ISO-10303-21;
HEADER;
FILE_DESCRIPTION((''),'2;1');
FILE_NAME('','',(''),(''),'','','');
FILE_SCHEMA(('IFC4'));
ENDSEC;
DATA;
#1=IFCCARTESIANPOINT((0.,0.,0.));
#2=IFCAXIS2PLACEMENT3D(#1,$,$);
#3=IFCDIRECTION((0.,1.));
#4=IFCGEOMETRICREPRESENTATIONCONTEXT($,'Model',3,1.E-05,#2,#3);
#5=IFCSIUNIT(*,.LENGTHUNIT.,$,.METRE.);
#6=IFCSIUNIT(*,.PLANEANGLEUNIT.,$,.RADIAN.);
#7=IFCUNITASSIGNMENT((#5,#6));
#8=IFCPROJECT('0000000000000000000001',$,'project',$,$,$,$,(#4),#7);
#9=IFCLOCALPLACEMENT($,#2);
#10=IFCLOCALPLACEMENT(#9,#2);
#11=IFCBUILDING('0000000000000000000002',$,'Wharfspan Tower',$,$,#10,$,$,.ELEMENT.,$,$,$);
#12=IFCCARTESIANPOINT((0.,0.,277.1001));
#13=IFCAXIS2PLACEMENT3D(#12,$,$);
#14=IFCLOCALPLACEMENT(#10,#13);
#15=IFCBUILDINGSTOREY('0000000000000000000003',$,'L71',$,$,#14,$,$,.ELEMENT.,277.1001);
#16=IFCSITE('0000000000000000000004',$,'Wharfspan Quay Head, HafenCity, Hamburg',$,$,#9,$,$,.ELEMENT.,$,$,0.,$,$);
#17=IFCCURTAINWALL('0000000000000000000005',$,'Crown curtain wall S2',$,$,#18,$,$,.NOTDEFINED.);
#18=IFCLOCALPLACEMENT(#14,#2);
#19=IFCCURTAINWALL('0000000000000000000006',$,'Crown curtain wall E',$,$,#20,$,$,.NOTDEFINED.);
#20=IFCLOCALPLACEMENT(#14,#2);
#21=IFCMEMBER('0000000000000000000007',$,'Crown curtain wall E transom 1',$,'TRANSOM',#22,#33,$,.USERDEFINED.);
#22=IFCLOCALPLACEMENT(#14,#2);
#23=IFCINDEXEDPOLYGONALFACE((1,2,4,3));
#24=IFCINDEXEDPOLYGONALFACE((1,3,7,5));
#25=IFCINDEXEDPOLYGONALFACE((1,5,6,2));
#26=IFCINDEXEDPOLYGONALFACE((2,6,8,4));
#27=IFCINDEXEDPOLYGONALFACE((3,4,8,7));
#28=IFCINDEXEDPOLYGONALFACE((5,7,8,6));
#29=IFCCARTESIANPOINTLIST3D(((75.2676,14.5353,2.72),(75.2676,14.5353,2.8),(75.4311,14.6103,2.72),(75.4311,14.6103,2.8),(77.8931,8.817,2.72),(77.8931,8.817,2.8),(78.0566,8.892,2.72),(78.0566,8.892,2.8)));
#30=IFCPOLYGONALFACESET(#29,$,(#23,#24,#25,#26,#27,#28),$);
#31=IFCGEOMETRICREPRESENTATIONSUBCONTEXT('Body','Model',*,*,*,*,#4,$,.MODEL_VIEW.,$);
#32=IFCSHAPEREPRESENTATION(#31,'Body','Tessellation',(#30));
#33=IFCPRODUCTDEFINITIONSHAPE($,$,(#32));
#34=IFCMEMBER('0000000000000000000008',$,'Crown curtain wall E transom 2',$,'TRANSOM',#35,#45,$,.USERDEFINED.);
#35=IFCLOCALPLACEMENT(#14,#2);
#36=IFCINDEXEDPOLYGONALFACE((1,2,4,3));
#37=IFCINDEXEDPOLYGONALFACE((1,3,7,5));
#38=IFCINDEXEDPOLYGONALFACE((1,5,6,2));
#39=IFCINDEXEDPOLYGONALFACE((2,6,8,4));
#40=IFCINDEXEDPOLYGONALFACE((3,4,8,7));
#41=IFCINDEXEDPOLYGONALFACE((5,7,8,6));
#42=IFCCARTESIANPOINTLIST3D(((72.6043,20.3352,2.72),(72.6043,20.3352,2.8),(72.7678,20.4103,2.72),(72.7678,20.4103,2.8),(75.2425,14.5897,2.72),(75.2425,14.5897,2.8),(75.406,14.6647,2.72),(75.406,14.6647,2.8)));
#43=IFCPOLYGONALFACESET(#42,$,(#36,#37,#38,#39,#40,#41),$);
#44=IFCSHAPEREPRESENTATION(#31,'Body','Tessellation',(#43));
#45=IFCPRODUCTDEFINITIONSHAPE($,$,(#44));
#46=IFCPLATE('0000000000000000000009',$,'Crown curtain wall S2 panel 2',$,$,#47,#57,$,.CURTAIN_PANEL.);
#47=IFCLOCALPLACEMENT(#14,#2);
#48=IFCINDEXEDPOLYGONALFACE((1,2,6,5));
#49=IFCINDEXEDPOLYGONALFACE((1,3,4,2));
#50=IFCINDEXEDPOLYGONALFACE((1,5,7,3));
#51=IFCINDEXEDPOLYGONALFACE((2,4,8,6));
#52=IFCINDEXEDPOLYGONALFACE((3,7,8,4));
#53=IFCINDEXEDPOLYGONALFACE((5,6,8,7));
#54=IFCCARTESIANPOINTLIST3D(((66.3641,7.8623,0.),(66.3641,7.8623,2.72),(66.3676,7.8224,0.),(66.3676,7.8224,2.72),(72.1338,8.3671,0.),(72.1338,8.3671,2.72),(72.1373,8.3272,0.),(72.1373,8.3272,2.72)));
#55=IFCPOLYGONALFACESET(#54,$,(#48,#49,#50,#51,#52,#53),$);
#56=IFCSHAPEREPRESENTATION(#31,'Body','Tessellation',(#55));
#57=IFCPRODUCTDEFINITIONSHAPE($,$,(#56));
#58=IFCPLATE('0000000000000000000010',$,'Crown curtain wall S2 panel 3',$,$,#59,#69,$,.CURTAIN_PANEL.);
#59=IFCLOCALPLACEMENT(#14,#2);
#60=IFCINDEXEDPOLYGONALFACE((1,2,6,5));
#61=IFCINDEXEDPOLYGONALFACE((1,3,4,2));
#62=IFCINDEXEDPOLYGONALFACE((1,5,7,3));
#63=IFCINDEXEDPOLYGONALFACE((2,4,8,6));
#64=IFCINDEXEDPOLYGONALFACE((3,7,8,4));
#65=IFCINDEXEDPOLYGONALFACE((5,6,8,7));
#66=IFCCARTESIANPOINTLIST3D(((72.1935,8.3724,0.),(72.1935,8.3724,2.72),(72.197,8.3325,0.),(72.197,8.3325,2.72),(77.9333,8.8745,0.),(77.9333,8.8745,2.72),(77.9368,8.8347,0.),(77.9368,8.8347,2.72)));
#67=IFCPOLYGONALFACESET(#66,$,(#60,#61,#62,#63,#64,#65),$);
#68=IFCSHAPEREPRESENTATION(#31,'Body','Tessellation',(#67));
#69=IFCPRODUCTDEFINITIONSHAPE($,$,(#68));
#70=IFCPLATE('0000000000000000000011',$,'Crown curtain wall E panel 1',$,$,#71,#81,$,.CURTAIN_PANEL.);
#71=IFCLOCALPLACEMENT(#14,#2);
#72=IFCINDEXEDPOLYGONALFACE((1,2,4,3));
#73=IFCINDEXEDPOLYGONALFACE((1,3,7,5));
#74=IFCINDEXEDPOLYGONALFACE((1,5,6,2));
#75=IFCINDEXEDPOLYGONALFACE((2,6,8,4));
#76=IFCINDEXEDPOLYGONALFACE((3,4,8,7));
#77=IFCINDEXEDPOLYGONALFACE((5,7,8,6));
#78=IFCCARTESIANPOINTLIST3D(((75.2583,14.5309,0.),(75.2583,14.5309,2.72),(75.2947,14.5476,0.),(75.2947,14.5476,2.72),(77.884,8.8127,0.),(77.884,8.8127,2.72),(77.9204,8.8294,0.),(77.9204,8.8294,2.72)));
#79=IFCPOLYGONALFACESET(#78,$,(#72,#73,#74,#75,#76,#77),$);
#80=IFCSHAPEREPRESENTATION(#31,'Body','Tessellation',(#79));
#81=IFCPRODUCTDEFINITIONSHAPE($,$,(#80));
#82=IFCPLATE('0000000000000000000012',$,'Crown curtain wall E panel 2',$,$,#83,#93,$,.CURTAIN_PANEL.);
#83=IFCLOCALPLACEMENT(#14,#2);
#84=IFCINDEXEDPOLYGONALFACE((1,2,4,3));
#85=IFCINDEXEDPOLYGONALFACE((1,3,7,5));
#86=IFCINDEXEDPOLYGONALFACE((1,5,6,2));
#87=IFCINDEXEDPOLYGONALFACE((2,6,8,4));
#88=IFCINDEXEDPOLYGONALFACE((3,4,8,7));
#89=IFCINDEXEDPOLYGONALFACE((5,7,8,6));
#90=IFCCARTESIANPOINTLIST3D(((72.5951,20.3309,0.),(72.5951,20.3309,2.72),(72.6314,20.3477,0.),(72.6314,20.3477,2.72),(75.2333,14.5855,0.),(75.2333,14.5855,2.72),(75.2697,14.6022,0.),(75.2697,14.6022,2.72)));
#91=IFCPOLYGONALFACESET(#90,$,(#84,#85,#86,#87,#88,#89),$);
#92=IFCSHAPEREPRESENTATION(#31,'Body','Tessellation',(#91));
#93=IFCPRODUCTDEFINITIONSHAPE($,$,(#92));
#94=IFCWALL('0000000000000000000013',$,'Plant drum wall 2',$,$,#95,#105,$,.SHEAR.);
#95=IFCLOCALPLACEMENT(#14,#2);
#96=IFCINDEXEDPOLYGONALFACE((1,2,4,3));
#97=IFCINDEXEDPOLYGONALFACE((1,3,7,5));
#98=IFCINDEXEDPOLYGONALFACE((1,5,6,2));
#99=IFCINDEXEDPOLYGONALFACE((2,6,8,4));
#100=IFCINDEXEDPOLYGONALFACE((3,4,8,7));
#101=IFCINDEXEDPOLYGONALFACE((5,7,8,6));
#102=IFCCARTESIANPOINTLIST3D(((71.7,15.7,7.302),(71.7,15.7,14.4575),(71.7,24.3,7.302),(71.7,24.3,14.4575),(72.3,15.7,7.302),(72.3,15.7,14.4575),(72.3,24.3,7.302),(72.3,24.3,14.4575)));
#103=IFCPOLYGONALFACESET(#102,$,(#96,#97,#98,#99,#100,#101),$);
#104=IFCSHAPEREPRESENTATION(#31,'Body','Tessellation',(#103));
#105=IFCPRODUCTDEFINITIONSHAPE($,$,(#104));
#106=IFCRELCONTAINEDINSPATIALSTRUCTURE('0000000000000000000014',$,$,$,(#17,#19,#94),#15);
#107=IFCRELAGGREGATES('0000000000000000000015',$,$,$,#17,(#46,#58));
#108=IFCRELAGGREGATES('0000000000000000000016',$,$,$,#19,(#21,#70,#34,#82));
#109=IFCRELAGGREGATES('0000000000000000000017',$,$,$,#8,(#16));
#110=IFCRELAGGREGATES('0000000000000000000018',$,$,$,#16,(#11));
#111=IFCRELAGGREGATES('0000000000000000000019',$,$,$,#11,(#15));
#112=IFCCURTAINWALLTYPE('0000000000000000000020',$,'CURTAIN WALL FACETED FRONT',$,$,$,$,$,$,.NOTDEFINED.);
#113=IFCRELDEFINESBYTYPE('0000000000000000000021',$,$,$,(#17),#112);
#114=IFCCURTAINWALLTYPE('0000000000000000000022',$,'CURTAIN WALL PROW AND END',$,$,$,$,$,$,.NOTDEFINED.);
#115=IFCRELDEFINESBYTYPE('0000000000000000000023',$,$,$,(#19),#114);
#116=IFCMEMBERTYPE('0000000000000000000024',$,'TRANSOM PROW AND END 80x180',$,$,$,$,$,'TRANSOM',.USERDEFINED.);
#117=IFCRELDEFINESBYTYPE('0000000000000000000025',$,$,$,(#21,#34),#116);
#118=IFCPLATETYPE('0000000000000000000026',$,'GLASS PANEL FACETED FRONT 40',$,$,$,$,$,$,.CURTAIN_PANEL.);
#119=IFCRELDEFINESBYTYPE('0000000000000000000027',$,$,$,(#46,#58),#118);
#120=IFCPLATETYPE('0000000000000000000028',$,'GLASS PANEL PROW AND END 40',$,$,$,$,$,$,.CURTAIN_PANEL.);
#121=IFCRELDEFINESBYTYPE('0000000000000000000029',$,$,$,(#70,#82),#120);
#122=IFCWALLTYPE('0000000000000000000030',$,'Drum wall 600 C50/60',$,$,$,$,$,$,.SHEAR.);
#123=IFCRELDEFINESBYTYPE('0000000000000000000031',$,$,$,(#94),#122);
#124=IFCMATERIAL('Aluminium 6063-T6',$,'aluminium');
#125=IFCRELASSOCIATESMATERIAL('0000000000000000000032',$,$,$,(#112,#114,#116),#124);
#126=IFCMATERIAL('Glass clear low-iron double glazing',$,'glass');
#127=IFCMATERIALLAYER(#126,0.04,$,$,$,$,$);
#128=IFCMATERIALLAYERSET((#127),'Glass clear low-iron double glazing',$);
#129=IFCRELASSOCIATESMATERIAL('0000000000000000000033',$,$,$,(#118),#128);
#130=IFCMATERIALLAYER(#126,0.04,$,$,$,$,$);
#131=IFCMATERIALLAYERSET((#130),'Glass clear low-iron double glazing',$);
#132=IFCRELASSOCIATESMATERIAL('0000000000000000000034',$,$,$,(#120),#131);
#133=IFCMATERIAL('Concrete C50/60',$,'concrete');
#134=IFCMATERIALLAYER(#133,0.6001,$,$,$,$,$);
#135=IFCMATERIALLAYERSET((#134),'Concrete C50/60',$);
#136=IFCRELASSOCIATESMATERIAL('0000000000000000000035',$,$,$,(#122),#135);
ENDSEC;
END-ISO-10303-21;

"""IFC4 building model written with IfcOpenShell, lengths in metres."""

from ifc_helpers import new_model, si_unit, direction, frame, frame_2d, origin, origin_2d, place, context, subcontext, project, spatial, rectangle, extrude, material, layer, layer_set, material_profile, profile_set, type_object, element, aggregate, save


model = new_model("IFC4")

# Units and contexts
model_context = context("Model", 3, precision=1e-05, world=origin(), true_north=direction((0.0, 1.0)))
body_context = subcontext(model_context, "Body", "Model", "MODEL_VIEW")
ifc_project = project(units=[si_unit("LENGTHUNIT", "METRE"), si_unit("PLANEANGLEUNIT", "RADIAN")], contexts=[model_context])

# Site, building, storey
site_placement = place(None, origin())
site = spatial("IfcSite", under=ifc_project, at=site_placement, Name="Wharfspan Quay Head, HafenCity, Hamburg", CompositionType="ELEMENT", RefElevation=0.0)
building_placement = place(site_placement, origin())
building = spatial("IfcBuilding", under=site, at=building_placement, Name="Wharfspan Tower", CompositionType="ELEMENT")
storey_placement = place(building_placement, frame((0.0, 0.0, 277.1001)))
storey = spatial("IfcBuildingStorey", under=building, at=storey_placement, Name="L71", CompositionType="ELEMENT", Elevation=277.1001)

# Curtain walls
ifc_material_1 = material(Name="Aluminium 6063-T6", Category="aluminium")
curtain_wall_type_1 = type_object("IfcCurtainWallType", Name="CURTAIN WALL FACETED FRONT", PredefinedType="NOTDEFINED", material=ifc_material_1)
curtain_wall_1_placement = place(storey_placement, origin())
curtain_wall_1 = element("IfcCurtainWall", 1, at=curtain_wall_1_placement, inside=storey, type_object=curtain_wall_type_1, Name="Crown curtain wall S2", PredefinedType="NOTDEFINED")
curtain_wall_type_2 = type_object("IfcCurtainWallType", Name="CURTAIN WALL PROW AND END", PredefinedType="NOTDEFINED", material=ifc_material_1)
curtain_wall_2_placement = place(storey_placement, origin())
curtain_wall_2 = element("IfcCurtainWall", 2, at=curtain_wall_2_placement, inside=storey, type_object=curtain_wall_type_2, Name="Crown curtain wall E", PredefinedType="NOTDEFINED")

# Members
ifc_material_profile_1 = material_profile(ifc_material_1, rectangle(XDim=0.1799, YDim=0.0801, at=origin_2d()))
ifc_profile_set_1 = profile_set([ifc_material_profile_1], Name="Aluminium 6063-T6")
member_type_1 = type_object("IfcMemberType", Name="TRANSOM PROW AND END 80x180", ElementType="TRANSOM", PredefinedType="USERDEFINED", material=ifc_profile_set_1)
member_1_placement = place(storey_placement, frame((77.9749, 8.8545, 2.76), z_axis=(-0.417261, 0.908787, 0.0), x_axis=(-0.908787, -0.417261, 0.0)))
member_1 = element("IfcMember", 3, at=member_1_placement, type_object=member_type_1, Name="Crown curtain wall E transom 1", ObjectType="TRANSOM", PredefinedType="USERDEFINED", context=body_context, shape_type="SweptSolid", body=[
    extrude(rectangle(XDim=0.1799, YDim=0.0801, at=origin_2d()), origin(), (0.0, 0.0, 1.0), 6.2922),
])
member_2_placement = place(storey_placement, frame((75.3242, 14.6272, 2.76), z_axis=(-0.41728, 0.908778, 0.0), x_axis=(-0.908778, -0.41728, 0.0)))
member_2 = element("IfcMember", 4, at=member_2_placement, type_object=member_type_1, Name="Crown curtain wall E transom 2", ObjectType="TRANSOM", PredefinedType="USERDEFINED", context=body_context, shape_type="SweptSolid", body=[
    extrude(rectangle(XDim=0.1799, YDim=0.0801, at=origin_2d()), origin(), (0.0, 0.0, 1.0), 6.3223),
])

# Plates
ifc_material_2 = material(Name="Glass clear low-iron double glazing", Category="glass")
ifc_layer_1 = layer(ifc_material_2, 0.04)
ifc_layer_set_1 = layer_set([ifc_layer_1], Name="Glass clear low-iron double glazing")
plate_type_1 = type_object("IfcPlateType", Name="GLASS PANEL FACETED FRONT 40", PredefinedType="CURTAIN_PANEL", material=ifc_layer_set_1)
plate_1_placement = place(storey_placement, frame((69.2507, 8.0947, 0.0), z_axis=(0.0, 0.0, 1.0), x_axis=(0.996198, 0.087156, 0.0)))
plate_1 = element("IfcPlate", 5, at=plate_1_placement, type_object=plate_type_1, Name="Crown curtain wall S2 panel 2", PredefinedType="CURTAIN_PANEL", context=body_context, shape_type="SweptSolid", body=[
    extrude(rectangle(XDim=5.7917, YDim=0.04, at=origin_2d()), origin(), (0.0, 0.0, 1.0), 2.72),
])
plate_2_placement = place(storey_placement, frame((75.0652, 8.6035, 0.0), z_axis=(0.0, 0.0, 1.0), x_axis=(0.996198, 0.087156, 0.0)))
plate_2 = element("IfcPlate", 6, at=plate_2_placement, type_object=plate_type_1, Name="Crown curtain wall S2 panel 3", PredefinedType="CURTAIN_PANEL", context=body_context, shape_type="SweptSolid", body=[
    extrude(rectangle(XDim=5.7617, YDim=0.04, at=origin_2d()), origin(), (0.0, 0.0, 1.0), 2.72),
])
aggregate(curtain_wall_1, [plate_1, plate_2])
ifc_layer_2 = layer(ifc_material_2, 0.04)
ifc_layer_set_2 = layer_set([ifc_layer_2], Name="Glass clear low-iron double glazing")
plate_type_2 = type_object("IfcPlateType", Name="GLASS PANEL PROW AND END 40", PredefinedType="CURTAIN_PANEL", material=ifc_layer_set_2)
plate_3_placement = place(storey_placement, frame((76.5894, 11.6802, 0.0), z_axis=(0.0, 0.0, 1.0), x_axis=(-0.417292, 0.908769, 0.0)))
plate_3 = element("IfcPlate", 7, at=plate_3_placement, type_object=plate_type_2, Name="Crown curtain wall E panel 1", PredefinedType="CURTAIN_PANEL", context=body_context, shape_type="SweptSolid", body=[
    extrude(rectangle(XDim=6.2922, YDim=0.04, at=origin_2d()), origin(), (0.0, 0.0, 1.0), 2.72),
])
plate_4_placement = place(storey_placement, frame((73.9324, 17.4666, 0.0), z_axis=(0.0, 0.0, 1.0), x_axis=(-0.417292, 0.908769, 0.0)))
plate_4 = element("IfcPlate", 8, at=plate_4_placement, type_object=plate_type_2, Name="Crown curtain wall E panel 2", PredefinedType="CURTAIN_PANEL", context=body_context, shape_type="SweptSolid", body=[
    extrude(rectangle(XDim=6.3223, YDim=0.04, at=origin_2d()), origin(), (0.0, 0.0, 1.0), 2.72),
])
aggregate(curtain_wall_2, [member_1, plate_3, member_2, plate_4])

# Wall
ifc_material_3 = material(Name="Concrete C50/60", Category="concrete")
ifc_layer_3 = layer(ifc_material_3, 0.6001)
ifc_layer_set_3 = layer_set([ifc_layer_3], Name="Concrete C50/60")
wall_type = type_object("IfcWallType", Name="Drum wall 600 C50/60", PredefinedType="SHEAR", material=ifc_layer_set_3)
wall_placement = place(storey_placement, frame((72.0, 15.7, 7.302), z_axis=(0.0, 0.0, 1.0), x_axis=(0.0, 1.0, 0.0)))
element("IfcWall", 9, at=wall_placement, inside=storey, type_object=wall_type, Name="Plant drum wall 2", PredefinedType="SHEAR", context=body_context, shape_type="SweptSolid", body=[
    extrude(rectangle(XDim=8.6001, YDim=0.6001, at=frame_2d((4.3, 0.0))), origin(), (0.0, 0.0, 1.0), 7.1555),
])

save(model, "model.ifc")
